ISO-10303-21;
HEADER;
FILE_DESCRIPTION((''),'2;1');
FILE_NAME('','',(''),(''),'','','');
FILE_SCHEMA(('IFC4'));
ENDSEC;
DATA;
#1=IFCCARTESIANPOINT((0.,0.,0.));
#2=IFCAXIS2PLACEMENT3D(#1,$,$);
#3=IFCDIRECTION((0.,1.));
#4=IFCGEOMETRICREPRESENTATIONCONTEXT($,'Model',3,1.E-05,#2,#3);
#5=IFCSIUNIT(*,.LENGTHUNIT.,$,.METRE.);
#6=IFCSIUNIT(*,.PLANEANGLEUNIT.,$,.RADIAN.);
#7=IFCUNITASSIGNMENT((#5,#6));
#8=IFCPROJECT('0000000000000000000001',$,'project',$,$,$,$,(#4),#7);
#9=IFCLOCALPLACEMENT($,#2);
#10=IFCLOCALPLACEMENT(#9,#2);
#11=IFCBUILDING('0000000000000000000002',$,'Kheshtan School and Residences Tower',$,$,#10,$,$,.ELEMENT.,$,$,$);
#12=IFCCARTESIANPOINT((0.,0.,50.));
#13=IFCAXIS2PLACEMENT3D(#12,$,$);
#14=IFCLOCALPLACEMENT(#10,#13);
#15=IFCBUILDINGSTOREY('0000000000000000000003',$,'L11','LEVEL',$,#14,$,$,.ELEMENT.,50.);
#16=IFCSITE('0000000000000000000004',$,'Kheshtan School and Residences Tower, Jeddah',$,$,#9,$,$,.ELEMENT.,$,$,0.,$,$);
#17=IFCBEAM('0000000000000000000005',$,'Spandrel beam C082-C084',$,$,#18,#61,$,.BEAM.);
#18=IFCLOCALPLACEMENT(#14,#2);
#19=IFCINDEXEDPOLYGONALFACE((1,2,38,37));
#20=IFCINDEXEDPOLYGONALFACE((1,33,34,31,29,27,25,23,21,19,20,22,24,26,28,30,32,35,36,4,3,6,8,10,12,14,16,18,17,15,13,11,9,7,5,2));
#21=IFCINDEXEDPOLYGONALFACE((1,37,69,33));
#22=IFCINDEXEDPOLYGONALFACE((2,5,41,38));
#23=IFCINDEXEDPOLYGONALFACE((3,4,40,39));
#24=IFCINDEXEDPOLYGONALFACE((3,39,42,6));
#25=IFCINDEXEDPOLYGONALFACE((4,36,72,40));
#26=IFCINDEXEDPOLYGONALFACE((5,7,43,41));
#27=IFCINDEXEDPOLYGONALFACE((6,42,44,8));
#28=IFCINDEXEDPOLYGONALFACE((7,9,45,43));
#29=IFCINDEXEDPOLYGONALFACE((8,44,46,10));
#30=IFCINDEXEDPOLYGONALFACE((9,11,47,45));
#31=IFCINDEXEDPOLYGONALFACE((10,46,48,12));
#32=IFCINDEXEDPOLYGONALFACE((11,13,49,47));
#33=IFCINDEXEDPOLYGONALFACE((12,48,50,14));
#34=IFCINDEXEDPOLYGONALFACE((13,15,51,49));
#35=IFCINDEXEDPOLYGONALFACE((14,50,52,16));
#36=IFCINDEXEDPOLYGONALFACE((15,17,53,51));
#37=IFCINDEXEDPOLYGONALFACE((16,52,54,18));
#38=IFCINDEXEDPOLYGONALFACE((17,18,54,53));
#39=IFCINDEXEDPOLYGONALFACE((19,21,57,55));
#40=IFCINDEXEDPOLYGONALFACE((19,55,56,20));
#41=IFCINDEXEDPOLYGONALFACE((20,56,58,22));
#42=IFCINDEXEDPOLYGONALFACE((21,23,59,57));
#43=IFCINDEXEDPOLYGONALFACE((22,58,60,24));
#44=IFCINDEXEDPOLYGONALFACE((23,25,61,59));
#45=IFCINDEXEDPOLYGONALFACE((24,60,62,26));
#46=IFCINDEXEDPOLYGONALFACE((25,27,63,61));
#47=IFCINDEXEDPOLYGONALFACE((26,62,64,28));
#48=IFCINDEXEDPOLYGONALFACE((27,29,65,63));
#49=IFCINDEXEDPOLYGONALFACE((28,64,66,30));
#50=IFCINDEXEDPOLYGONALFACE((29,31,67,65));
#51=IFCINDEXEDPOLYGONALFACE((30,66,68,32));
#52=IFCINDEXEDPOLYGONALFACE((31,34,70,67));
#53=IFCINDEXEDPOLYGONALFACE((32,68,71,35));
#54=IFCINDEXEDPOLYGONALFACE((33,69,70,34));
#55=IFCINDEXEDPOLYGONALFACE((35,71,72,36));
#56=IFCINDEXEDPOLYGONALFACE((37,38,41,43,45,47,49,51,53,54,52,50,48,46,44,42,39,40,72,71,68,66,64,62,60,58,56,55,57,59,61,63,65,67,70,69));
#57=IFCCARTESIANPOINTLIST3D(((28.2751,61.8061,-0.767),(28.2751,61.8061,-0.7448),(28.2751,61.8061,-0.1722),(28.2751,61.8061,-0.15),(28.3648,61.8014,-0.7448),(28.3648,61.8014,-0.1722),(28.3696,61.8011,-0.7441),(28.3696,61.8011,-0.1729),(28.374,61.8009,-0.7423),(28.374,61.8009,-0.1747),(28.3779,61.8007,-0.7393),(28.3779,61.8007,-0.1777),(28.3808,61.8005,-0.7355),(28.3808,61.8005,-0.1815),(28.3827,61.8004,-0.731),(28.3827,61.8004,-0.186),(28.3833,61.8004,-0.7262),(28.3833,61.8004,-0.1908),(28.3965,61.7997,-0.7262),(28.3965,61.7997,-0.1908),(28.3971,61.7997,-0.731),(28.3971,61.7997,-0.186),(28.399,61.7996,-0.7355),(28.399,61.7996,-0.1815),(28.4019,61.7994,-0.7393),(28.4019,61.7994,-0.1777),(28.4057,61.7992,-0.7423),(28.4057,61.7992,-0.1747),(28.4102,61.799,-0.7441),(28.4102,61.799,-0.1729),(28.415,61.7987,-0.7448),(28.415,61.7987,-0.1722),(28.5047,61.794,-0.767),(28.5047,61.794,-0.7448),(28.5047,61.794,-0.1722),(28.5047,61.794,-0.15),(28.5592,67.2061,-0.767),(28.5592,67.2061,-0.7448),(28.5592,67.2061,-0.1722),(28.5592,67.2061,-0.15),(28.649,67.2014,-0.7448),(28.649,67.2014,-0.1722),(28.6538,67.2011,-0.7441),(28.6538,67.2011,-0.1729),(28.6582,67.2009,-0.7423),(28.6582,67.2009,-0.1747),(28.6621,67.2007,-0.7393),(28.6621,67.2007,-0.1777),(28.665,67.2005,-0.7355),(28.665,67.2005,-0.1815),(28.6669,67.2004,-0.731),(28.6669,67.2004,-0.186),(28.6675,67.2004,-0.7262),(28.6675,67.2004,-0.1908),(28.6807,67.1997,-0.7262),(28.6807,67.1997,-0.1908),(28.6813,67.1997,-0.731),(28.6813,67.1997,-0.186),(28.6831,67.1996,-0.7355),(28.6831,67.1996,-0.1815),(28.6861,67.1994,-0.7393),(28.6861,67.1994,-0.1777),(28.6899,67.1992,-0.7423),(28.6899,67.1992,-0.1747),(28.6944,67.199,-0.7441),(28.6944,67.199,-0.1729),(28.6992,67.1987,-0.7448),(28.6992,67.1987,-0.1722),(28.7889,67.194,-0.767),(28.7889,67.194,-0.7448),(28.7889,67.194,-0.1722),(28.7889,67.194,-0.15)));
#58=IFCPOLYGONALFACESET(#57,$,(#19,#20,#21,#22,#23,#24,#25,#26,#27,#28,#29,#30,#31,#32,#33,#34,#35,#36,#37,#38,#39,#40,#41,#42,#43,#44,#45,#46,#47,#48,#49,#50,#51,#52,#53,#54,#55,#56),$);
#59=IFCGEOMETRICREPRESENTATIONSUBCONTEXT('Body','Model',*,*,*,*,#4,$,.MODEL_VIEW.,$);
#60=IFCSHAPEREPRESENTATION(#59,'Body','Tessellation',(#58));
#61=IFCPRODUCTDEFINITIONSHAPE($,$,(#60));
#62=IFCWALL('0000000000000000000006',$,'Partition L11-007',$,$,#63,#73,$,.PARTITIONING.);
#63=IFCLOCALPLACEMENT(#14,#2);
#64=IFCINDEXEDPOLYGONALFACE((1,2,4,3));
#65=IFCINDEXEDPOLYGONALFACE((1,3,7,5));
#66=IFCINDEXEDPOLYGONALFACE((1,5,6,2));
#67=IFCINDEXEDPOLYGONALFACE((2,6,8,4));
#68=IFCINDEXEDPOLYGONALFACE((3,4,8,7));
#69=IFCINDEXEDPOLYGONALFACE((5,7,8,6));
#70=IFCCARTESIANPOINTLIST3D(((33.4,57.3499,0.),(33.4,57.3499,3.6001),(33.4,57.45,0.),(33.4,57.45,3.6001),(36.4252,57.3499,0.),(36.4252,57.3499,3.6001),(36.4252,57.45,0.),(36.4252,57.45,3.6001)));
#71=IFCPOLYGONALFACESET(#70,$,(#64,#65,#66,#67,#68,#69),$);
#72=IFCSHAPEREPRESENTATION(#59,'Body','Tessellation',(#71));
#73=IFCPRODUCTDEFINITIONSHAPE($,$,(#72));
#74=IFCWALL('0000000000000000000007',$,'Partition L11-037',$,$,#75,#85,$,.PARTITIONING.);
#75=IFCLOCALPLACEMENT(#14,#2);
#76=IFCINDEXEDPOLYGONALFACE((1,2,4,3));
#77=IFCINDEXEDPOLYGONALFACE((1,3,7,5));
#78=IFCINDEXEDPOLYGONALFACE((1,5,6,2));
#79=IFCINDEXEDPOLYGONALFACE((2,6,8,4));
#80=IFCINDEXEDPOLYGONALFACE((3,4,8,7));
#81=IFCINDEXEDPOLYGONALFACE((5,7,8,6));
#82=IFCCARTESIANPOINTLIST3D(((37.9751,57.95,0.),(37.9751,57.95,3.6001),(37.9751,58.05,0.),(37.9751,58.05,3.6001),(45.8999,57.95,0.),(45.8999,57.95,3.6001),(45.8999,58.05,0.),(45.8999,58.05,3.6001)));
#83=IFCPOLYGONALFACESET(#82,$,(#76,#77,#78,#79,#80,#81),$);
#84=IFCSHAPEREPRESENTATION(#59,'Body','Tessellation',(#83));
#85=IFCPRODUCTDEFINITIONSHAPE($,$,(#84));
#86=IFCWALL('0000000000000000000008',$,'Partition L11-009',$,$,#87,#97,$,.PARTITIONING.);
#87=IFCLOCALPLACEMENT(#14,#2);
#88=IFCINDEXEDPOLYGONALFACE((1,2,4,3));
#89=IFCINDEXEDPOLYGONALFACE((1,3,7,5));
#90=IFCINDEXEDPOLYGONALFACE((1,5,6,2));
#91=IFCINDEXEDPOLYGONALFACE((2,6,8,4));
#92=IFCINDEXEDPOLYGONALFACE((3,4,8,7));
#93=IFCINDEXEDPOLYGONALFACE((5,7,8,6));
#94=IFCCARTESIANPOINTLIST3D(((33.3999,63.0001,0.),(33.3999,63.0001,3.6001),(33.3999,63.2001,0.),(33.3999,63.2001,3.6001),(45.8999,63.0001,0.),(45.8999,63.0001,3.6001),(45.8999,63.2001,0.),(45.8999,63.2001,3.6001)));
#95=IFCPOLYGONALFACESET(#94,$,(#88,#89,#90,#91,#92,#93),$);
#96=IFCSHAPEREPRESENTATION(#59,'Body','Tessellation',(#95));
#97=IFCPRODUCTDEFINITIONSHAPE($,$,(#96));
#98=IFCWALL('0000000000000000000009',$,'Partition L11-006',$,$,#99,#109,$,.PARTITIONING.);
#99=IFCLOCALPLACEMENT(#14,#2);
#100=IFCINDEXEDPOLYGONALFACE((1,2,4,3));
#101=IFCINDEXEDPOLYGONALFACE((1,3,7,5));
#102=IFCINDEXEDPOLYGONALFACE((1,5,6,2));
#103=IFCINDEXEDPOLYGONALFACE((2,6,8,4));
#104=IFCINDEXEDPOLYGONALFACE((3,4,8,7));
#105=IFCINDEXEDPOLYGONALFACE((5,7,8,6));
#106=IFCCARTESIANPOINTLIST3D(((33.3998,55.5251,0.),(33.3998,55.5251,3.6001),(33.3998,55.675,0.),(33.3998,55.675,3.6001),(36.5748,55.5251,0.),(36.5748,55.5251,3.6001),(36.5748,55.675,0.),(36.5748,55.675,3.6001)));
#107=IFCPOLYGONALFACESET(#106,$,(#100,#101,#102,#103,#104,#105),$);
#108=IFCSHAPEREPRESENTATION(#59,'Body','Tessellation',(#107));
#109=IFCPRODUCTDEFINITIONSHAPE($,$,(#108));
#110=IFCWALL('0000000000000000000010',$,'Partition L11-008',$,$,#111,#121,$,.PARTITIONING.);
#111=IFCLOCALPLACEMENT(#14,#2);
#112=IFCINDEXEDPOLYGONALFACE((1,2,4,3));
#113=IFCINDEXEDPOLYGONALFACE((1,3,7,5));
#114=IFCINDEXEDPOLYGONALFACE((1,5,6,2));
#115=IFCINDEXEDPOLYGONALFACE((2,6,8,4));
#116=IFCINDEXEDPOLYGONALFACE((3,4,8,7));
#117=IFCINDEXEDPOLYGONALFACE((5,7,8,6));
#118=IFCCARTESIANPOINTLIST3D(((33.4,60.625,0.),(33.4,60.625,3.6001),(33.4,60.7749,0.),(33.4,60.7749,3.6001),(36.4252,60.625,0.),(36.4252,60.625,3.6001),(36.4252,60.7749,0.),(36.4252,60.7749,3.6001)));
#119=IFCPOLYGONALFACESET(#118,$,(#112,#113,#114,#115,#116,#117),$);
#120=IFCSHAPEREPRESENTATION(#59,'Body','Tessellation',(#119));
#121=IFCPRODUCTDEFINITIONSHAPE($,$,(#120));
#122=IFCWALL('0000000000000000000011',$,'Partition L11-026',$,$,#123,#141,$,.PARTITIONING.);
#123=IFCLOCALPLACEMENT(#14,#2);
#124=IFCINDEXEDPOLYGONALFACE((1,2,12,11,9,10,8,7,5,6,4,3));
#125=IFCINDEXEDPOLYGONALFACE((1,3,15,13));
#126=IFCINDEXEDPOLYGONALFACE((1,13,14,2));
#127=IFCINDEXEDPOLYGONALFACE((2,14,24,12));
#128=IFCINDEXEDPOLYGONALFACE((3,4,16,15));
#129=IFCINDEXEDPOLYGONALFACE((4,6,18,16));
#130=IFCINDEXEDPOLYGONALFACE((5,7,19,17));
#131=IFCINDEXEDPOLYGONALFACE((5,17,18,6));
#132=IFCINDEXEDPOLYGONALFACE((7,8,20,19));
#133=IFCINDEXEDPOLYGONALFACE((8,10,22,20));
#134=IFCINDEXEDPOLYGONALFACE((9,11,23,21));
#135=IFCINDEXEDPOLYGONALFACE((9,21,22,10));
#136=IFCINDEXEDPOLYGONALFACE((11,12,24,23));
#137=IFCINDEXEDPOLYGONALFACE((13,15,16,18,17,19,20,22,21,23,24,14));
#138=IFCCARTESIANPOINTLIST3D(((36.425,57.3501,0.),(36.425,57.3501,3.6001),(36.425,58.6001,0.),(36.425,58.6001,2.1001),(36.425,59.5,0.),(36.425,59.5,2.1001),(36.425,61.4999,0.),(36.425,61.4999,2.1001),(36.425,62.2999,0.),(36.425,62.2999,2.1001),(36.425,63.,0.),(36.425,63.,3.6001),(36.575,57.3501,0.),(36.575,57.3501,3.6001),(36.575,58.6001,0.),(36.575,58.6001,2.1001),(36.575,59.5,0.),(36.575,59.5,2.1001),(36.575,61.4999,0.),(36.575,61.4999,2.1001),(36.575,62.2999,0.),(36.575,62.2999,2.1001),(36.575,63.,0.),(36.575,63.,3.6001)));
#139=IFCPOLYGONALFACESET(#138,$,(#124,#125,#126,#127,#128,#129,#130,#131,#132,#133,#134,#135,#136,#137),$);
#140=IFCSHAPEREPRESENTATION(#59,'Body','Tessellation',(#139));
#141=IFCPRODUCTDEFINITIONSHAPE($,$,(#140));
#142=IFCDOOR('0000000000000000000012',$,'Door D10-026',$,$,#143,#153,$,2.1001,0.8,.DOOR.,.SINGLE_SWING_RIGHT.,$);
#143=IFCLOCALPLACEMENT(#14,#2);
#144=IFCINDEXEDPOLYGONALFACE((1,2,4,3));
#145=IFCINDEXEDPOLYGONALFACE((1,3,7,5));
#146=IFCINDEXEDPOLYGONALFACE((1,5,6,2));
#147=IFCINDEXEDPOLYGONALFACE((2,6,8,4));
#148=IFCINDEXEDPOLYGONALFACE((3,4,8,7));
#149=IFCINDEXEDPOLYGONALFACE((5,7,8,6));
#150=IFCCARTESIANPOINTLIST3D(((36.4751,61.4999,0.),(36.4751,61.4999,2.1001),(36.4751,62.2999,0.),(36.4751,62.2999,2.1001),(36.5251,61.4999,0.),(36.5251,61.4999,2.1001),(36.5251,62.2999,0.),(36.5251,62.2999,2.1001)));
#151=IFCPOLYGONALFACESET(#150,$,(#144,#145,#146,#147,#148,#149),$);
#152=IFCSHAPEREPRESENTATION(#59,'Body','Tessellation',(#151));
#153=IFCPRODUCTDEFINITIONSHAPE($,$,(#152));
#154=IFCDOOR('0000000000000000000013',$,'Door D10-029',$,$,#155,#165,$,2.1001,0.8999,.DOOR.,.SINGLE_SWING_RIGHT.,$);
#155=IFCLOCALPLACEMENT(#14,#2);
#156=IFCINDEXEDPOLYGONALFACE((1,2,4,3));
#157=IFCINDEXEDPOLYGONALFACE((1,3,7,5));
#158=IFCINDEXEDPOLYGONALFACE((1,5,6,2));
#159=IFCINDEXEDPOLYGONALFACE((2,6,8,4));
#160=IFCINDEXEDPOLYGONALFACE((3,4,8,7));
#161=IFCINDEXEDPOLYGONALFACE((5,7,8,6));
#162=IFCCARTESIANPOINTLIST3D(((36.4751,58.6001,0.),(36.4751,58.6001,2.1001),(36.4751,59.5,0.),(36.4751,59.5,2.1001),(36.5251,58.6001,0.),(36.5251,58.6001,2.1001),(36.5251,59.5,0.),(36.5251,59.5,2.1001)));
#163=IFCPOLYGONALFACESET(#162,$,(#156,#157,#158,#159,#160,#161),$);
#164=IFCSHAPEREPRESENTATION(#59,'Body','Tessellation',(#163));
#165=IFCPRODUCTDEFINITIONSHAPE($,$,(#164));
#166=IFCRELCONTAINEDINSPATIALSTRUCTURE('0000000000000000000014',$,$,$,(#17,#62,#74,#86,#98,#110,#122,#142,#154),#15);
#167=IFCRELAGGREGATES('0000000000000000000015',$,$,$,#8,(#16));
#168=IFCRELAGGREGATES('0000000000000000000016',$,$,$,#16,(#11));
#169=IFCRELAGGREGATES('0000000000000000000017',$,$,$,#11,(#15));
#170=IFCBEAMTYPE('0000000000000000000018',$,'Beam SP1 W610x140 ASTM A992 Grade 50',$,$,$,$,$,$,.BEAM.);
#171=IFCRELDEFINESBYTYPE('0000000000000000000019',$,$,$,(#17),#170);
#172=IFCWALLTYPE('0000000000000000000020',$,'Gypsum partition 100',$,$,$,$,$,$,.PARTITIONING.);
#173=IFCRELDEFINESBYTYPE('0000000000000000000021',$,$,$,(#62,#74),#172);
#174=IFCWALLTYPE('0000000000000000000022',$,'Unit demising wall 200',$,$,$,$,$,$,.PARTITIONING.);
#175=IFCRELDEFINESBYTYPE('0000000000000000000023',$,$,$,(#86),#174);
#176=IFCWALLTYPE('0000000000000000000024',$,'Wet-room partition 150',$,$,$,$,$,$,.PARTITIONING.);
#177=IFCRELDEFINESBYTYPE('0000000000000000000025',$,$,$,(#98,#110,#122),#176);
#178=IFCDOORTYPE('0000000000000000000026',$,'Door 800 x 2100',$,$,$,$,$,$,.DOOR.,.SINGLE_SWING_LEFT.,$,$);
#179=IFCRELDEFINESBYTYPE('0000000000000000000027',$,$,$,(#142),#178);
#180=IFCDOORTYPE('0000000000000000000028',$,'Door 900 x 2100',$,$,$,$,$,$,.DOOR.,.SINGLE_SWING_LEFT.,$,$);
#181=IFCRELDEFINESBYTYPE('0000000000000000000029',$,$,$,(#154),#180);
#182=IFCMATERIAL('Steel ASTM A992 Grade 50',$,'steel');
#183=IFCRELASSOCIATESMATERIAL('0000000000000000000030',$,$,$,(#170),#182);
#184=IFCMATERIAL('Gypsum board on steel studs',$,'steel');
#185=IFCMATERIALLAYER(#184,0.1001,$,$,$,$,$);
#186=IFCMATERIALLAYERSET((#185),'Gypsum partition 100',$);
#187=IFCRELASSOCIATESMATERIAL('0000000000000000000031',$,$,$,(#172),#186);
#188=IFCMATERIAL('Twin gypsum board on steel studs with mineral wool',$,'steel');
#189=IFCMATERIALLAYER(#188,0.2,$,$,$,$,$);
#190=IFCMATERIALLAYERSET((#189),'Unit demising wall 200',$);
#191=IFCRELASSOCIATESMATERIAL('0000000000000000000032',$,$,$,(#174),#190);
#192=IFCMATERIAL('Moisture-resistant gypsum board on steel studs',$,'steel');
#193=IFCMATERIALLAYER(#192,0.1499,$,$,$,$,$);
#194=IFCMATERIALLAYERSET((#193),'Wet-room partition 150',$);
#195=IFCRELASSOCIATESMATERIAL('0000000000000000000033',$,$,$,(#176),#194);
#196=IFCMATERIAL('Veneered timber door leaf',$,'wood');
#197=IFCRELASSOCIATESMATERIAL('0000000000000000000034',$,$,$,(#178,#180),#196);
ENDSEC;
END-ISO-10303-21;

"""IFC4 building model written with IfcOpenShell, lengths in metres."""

from ifc_helpers import new_model, si_unit, direction, frame, frame_2d, origin, origin_2d, place, context, subcontext, project, spatial, rectangle, i_section, extrude, source, transform, mapped, material, layer, layer_set, material_profile, profile_set, type_object, element, fill, save


model = new_model("IFC4")

# Units and contexts
model_context = context("Model", 3, precision=1e-05, world=origin(), true_north=direction((0.0, 1.0)))
body_context = subcontext(model_context, "Body", "Model", "MODEL_VIEW")
ifc_project = project(units=[si_unit("LENGTHUNIT", "METRE"), si_unit("PLANEANGLEUNIT", "RADIAN")], contexts=[model_context])

# Site, building, storey
site_placement = place(None, origin())
site = spatial("IfcSite", under=ifc_project, at=site_placement, Name="Kheshtan School and Residences Tower, Jeddah", CompositionType="ELEMENT", RefElevation=0.0)
building_placement = place(site_placement, origin())
building = spatial("IfcBuilding", under=site, at=building_placement, Name="Kheshtan School and Residences Tower", CompositionType="ELEMENT")
storey_placement = place(building_placement, frame((0.0, 0.0, 50.0)))
storey = spatial("IfcBuildingStorey", under=building, at=storey_placement, Name="L11", Description="LEVEL", CompositionType="ELEMENT", Elevation=50.0)

# Shared definitions
ifc_material_1 = material(Name="Steel ASTM A992 Grade 50", Category="steel")

# Beam
ifc_material_profile_1 = material_profile(ifc_material_1, i_section(OverallWidth=0.23, OverallDepth=0.6169, WebThickness=0.0132, FlangeThickness=0.0222, FilletRadius=0.0186, at=origin_2d()), Name="W610x140")
ifc_profile_set_1 = profile_set([ifc_material_profile_1], Name="Steel ASTM A992 Grade 50")
beam_type_1 = type_object("IfcBeamType", Name="Beam SP1 W610x140 ASTM A992 Grade 50", PredefinedType="BEAM", material=ifc_profile_set_1)
beam_1_placement = place(storey_placement, frame((28.3899, 61.8, -0.4585), z_axis=(0.052554, 0.998618, 0.0), x_axis=(-0.998618, 0.052554, 0.0)))
element("IfcBeam", 1, at=beam_1_placement, inside=storey, type_object=beam_type_1, Name="Spandrel beam C082-C084", PredefinedType="BEAM", context=body_context, shape_type="SweptSolid", body=[
    extrude(i_section(OverallWidth=0.23, OverallDepth=0.6169, WebThickness=0.0132, FlangeThickness=0.0222, FilletRadius=0.0186, at=origin_2d()), origin(), (0.0, 0.0, 1.0), 5.4075),
])

# Walls
ifc_material_2 = material(Name="Gypsum board on steel studs", Category="steel")
ifc_layer_1 = layer(ifc_material_2, 0.1001)
ifc_layer_set_1 = layer_set([ifc_layer_1], Name="Gypsum partition 100")
wall_type_1 = type_object("IfcWallType", Name="Gypsum partition 100", PredefinedType="PARTITIONING", material=ifc_layer_set_1)
wall_1_placement = place(storey_placement, frame((33.3999, 57.3999, 0.0), z_axis=(0.0, 0.0, 1.0), x_axis=(1.0, 0.0, 0.0)))
element("IfcWall", 2, at=wall_1_placement, inside=storey, type_object=wall_type_1, Name="Partition L11-007", PredefinedType="PARTITIONING", context=body_context, shape_type="SweptSolid", body=[
    extrude(rectangle(XDim=3.0251, YDim=0.1001, at=frame_2d((1.5127, 0.0))), origin(), (0.0, 0.0, 1.0), 3.6001),
])
wall_2_placement = place(storey_placement, frame((37.9751, 58.0, 0.0), z_axis=(0.0, 0.0, 1.0), x_axis=(1.0, 0.0, 0.0)))
element("IfcWall", 3, at=wall_2_placement, inside=storey, type_object=wall_type_1, Name="Partition L11-037", PredefinedType="PARTITIONING", context=body_context, shape_type="SweptSolid", body=[
    extrude(rectangle(XDim=7.9248, YDim=0.1001, at=frame_2d((3.9624, 0.0))), origin(), (0.0, 0.0, 1.0), 3.6001),
])
ifc_material_3 = material(Name="Twin gypsum board on steel studs with mineral wool", Category="steel")
ifc_layer_2 = layer(ifc_material_3, 0.2)
ifc_layer_set_2 = layer_set([ifc_layer_2], Name="Unit demising wall 200")
wall_type_2 = type_object("IfcWallType", Name="Unit demising wall 200", PredefinedType="PARTITIONING", material=ifc_layer_set_2)
wall_3_placement = place(storey_placement, frame((33.3999, 63.1001, 0.0), z_axis=(0.0, 0.0, 1.0), x_axis=(1.0, 0.0, 0.0)))
element("IfcWall", 4, at=wall_3_placement, inside=storey, type_object=wall_type_2, Name="Partition L11-009", PredefinedType="PARTITIONING", context=body_context, shape_type="SweptSolid", body=[
    extrude(rectangle(XDim=12.5, YDim=0.2, at=frame_2d((6.25, 0.0))), origin(), (0.0, 0.0, 1.0), 3.6001),
])
ifc_material_4 = material(Name="Moisture-resistant gypsum board on steel studs", Category="steel")
ifc_layer_3 = layer(ifc_material_4, 0.1499)
ifc_layer_set_3 = layer_set([ifc_layer_3], Name="Wet-room partition 150")
wall_type_3 = type_object("IfcWallType", Name="Wet-room partition 150", PredefinedType="PARTITIONING", material=ifc_layer_set_3)
wall_4_placement = place(storey_placement, frame((33.3999, 55.6001, 0.0), z_axis=(0.0, 0.0, 1.0), x_axis=(1.0, 0.0, 0.0)))
element("IfcWall", 5, at=wall_4_placement, inside=storey, type_object=wall_type_3, Name="Partition L11-006", PredefinedType="PARTITIONING", context=body_context, shape_type="SweptSolid", body=[
    extrude(rectangle(XDim=3.175, YDim=0.1499, at=frame_2d((1.5874, 0.0))), origin(), (0.0, 0.0, 1.0), 3.6001),
])
wall_5_placement = place(storey_placement, frame((33.3999, 60.7, 0.0), z_axis=(0.0, 0.0, 1.0), x_axis=(1.0, 0.0, 0.0)))
element("IfcWall", 6, at=wall_5_placement, inside=storey, type_object=wall_type_3, Name="Partition L11-008", PredefinedType="PARTITIONING", context=body_context, shape_type="SweptSolid", body=[
    extrude(rectangle(XDim=3.0251, YDim=0.1499, at=frame_2d((1.5127, 0.0))), origin(), (0.0, 0.0, 1.0), 3.6001),
])

# Wall, openings, doors
wall_6_placement = place(storey_placement, frame((36.5, 57.3501, 0.0), z_axis=(0.0, 0.0, 1.0), x_axis=(0.0, 1.0, 0.0)))
wall_6 = element("IfcWall", 7, at=wall_6_placement, inside=storey, type_object=wall_type_3, Name="Partition L11-026", PredefinedType="PARTITIONING", context=body_context, shape_type="SweptSolid", body=[
    extrude(rectangle(XDim=5.6499, YDim=0.1499, at=frame_2d((2.825, 0.0))), origin(), (0.0, 0.0, 1.0), 3.6001),
])
opening_1_placement = place(wall_6_placement, frame((4.1499, 0.0, 0.0)))
opening_1 = element("IfcOpeningElement", 8, at=opening_1_placement, cuts=wall_6, PredefinedType="OPENING", context=body_context, shape_type="SweptSolid", body=[
    extrude(rectangle(XDim=0.8, YDim=2.1001, at=frame_2d((0.3999, 1.05))), frame((0.0, 0.085, 0.0), z_axis=(0.0, -1.0, 0.0), x_axis=(1.0, 0.0, 0.0)), (0.0, 0.0, 1.0), 0.1699),
])
opening_2_placement = place(wall_6_placement, frame((1.25, 0.0, 0.0)))
opening_2 = element("IfcOpeningElement", 9, at=opening_2_placement, cuts=wall_6, PredefinedType="OPENING", context=body_context, shape_type="SweptSolid", body=[
    extrude(rectangle(XDim=0.8999, YDim=2.1001, at=frame_2d((0.45, 1.05))), frame((0.0, 0.085, 0.0), z_axis=(0.0, -1.0, 0.0), x_axis=(1.0, 0.0, 0.0)), (0.0, 0.0, 1.0), 0.1699),
])
ifc_material_5 = material(Name="Veneered timber door leaf", Category="wood")
door_type_1 = type_object("IfcDoorType", Name="Door 800 x 2100", OperationType="SINGLE_SWING_LEFT", PredefinedType="DOOR", material=ifc_material_5)
shared_shape_1 = source(origin(), body_context, "Body", "SweptSolid", [
    extrude(rectangle(XDim=0.8, YDim=2.1001, at=frame_2d((0.3999, 1.05))), frame((0.0, 0.0249, 0.0), z_axis=(0.0, -1.0, 0.0), x_axis=(1.0, 0.0, 0.0)), (0.0, 0.0, 1.0), 0.05),
])
door_1_placement = place(opening_1_placement, origin())
door_1 = element("IfcDoor", 10, at=door_1_placement, inside=storey, type_object=door_type_1, Name="Door D10-026", OperationType="SINGLE_SWING_RIGHT", OverallHeight=2.1001, OverallWidth=0.8, PredefinedType="DOOR", context=body_context, shape_type="MappedRepresentation", body=[
    mapped(shared_shape_1, transform((0.0, 0.0, 0.0), x_axis=(1.0, 0.0, 0.0), y_axis=(0.0, 1.0, 0.0), z_axis=(0.0, 0.0, 1.0), scale=1.0)),
])
fill(opening_1, door_1)
door_type_2 = type_object("IfcDoorType", Name="Door 900 x 2100", OperationType="SINGLE_SWING_LEFT", PredefinedType="DOOR", material=ifc_material_5)
shared_shape_2 = source(origin(), body_context, "Body", "SweptSolid", [
    extrude(rectangle(XDim=0.8999, YDim=2.1001, at=frame_2d((0.45, 1.05))), frame((0.0, 0.0249, 0.0), z_axis=(0.0, -1.0, 0.0), x_axis=(1.0, 0.0, 0.0)), (0.0, 0.0, 1.0), 0.05),
])
door_2_placement = place(opening_2_placement, origin())
door_2 = element("IfcDoor", 11, at=door_2_placement, inside=storey, type_object=door_type_2, Name="Door D10-029", OperationType="SINGLE_SWING_RIGHT", OverallHeight=2.1001, OverallWidth=0.8999, PredefinedType="DOOR", context=body_context, shape_type="MappedRepresentation", body=[
    mapped(shared_shape_2, transform((0.0, 0.0, 0.0), x_axis=(1.0, 0.0, 0.0), y_axis=(0.0, 1.0, 0.0), z_axis=(0.0, 0.0, 1.0), scale=1.0)),
])
fill(opening_2, door_2)

save(model, "model.ifc")
